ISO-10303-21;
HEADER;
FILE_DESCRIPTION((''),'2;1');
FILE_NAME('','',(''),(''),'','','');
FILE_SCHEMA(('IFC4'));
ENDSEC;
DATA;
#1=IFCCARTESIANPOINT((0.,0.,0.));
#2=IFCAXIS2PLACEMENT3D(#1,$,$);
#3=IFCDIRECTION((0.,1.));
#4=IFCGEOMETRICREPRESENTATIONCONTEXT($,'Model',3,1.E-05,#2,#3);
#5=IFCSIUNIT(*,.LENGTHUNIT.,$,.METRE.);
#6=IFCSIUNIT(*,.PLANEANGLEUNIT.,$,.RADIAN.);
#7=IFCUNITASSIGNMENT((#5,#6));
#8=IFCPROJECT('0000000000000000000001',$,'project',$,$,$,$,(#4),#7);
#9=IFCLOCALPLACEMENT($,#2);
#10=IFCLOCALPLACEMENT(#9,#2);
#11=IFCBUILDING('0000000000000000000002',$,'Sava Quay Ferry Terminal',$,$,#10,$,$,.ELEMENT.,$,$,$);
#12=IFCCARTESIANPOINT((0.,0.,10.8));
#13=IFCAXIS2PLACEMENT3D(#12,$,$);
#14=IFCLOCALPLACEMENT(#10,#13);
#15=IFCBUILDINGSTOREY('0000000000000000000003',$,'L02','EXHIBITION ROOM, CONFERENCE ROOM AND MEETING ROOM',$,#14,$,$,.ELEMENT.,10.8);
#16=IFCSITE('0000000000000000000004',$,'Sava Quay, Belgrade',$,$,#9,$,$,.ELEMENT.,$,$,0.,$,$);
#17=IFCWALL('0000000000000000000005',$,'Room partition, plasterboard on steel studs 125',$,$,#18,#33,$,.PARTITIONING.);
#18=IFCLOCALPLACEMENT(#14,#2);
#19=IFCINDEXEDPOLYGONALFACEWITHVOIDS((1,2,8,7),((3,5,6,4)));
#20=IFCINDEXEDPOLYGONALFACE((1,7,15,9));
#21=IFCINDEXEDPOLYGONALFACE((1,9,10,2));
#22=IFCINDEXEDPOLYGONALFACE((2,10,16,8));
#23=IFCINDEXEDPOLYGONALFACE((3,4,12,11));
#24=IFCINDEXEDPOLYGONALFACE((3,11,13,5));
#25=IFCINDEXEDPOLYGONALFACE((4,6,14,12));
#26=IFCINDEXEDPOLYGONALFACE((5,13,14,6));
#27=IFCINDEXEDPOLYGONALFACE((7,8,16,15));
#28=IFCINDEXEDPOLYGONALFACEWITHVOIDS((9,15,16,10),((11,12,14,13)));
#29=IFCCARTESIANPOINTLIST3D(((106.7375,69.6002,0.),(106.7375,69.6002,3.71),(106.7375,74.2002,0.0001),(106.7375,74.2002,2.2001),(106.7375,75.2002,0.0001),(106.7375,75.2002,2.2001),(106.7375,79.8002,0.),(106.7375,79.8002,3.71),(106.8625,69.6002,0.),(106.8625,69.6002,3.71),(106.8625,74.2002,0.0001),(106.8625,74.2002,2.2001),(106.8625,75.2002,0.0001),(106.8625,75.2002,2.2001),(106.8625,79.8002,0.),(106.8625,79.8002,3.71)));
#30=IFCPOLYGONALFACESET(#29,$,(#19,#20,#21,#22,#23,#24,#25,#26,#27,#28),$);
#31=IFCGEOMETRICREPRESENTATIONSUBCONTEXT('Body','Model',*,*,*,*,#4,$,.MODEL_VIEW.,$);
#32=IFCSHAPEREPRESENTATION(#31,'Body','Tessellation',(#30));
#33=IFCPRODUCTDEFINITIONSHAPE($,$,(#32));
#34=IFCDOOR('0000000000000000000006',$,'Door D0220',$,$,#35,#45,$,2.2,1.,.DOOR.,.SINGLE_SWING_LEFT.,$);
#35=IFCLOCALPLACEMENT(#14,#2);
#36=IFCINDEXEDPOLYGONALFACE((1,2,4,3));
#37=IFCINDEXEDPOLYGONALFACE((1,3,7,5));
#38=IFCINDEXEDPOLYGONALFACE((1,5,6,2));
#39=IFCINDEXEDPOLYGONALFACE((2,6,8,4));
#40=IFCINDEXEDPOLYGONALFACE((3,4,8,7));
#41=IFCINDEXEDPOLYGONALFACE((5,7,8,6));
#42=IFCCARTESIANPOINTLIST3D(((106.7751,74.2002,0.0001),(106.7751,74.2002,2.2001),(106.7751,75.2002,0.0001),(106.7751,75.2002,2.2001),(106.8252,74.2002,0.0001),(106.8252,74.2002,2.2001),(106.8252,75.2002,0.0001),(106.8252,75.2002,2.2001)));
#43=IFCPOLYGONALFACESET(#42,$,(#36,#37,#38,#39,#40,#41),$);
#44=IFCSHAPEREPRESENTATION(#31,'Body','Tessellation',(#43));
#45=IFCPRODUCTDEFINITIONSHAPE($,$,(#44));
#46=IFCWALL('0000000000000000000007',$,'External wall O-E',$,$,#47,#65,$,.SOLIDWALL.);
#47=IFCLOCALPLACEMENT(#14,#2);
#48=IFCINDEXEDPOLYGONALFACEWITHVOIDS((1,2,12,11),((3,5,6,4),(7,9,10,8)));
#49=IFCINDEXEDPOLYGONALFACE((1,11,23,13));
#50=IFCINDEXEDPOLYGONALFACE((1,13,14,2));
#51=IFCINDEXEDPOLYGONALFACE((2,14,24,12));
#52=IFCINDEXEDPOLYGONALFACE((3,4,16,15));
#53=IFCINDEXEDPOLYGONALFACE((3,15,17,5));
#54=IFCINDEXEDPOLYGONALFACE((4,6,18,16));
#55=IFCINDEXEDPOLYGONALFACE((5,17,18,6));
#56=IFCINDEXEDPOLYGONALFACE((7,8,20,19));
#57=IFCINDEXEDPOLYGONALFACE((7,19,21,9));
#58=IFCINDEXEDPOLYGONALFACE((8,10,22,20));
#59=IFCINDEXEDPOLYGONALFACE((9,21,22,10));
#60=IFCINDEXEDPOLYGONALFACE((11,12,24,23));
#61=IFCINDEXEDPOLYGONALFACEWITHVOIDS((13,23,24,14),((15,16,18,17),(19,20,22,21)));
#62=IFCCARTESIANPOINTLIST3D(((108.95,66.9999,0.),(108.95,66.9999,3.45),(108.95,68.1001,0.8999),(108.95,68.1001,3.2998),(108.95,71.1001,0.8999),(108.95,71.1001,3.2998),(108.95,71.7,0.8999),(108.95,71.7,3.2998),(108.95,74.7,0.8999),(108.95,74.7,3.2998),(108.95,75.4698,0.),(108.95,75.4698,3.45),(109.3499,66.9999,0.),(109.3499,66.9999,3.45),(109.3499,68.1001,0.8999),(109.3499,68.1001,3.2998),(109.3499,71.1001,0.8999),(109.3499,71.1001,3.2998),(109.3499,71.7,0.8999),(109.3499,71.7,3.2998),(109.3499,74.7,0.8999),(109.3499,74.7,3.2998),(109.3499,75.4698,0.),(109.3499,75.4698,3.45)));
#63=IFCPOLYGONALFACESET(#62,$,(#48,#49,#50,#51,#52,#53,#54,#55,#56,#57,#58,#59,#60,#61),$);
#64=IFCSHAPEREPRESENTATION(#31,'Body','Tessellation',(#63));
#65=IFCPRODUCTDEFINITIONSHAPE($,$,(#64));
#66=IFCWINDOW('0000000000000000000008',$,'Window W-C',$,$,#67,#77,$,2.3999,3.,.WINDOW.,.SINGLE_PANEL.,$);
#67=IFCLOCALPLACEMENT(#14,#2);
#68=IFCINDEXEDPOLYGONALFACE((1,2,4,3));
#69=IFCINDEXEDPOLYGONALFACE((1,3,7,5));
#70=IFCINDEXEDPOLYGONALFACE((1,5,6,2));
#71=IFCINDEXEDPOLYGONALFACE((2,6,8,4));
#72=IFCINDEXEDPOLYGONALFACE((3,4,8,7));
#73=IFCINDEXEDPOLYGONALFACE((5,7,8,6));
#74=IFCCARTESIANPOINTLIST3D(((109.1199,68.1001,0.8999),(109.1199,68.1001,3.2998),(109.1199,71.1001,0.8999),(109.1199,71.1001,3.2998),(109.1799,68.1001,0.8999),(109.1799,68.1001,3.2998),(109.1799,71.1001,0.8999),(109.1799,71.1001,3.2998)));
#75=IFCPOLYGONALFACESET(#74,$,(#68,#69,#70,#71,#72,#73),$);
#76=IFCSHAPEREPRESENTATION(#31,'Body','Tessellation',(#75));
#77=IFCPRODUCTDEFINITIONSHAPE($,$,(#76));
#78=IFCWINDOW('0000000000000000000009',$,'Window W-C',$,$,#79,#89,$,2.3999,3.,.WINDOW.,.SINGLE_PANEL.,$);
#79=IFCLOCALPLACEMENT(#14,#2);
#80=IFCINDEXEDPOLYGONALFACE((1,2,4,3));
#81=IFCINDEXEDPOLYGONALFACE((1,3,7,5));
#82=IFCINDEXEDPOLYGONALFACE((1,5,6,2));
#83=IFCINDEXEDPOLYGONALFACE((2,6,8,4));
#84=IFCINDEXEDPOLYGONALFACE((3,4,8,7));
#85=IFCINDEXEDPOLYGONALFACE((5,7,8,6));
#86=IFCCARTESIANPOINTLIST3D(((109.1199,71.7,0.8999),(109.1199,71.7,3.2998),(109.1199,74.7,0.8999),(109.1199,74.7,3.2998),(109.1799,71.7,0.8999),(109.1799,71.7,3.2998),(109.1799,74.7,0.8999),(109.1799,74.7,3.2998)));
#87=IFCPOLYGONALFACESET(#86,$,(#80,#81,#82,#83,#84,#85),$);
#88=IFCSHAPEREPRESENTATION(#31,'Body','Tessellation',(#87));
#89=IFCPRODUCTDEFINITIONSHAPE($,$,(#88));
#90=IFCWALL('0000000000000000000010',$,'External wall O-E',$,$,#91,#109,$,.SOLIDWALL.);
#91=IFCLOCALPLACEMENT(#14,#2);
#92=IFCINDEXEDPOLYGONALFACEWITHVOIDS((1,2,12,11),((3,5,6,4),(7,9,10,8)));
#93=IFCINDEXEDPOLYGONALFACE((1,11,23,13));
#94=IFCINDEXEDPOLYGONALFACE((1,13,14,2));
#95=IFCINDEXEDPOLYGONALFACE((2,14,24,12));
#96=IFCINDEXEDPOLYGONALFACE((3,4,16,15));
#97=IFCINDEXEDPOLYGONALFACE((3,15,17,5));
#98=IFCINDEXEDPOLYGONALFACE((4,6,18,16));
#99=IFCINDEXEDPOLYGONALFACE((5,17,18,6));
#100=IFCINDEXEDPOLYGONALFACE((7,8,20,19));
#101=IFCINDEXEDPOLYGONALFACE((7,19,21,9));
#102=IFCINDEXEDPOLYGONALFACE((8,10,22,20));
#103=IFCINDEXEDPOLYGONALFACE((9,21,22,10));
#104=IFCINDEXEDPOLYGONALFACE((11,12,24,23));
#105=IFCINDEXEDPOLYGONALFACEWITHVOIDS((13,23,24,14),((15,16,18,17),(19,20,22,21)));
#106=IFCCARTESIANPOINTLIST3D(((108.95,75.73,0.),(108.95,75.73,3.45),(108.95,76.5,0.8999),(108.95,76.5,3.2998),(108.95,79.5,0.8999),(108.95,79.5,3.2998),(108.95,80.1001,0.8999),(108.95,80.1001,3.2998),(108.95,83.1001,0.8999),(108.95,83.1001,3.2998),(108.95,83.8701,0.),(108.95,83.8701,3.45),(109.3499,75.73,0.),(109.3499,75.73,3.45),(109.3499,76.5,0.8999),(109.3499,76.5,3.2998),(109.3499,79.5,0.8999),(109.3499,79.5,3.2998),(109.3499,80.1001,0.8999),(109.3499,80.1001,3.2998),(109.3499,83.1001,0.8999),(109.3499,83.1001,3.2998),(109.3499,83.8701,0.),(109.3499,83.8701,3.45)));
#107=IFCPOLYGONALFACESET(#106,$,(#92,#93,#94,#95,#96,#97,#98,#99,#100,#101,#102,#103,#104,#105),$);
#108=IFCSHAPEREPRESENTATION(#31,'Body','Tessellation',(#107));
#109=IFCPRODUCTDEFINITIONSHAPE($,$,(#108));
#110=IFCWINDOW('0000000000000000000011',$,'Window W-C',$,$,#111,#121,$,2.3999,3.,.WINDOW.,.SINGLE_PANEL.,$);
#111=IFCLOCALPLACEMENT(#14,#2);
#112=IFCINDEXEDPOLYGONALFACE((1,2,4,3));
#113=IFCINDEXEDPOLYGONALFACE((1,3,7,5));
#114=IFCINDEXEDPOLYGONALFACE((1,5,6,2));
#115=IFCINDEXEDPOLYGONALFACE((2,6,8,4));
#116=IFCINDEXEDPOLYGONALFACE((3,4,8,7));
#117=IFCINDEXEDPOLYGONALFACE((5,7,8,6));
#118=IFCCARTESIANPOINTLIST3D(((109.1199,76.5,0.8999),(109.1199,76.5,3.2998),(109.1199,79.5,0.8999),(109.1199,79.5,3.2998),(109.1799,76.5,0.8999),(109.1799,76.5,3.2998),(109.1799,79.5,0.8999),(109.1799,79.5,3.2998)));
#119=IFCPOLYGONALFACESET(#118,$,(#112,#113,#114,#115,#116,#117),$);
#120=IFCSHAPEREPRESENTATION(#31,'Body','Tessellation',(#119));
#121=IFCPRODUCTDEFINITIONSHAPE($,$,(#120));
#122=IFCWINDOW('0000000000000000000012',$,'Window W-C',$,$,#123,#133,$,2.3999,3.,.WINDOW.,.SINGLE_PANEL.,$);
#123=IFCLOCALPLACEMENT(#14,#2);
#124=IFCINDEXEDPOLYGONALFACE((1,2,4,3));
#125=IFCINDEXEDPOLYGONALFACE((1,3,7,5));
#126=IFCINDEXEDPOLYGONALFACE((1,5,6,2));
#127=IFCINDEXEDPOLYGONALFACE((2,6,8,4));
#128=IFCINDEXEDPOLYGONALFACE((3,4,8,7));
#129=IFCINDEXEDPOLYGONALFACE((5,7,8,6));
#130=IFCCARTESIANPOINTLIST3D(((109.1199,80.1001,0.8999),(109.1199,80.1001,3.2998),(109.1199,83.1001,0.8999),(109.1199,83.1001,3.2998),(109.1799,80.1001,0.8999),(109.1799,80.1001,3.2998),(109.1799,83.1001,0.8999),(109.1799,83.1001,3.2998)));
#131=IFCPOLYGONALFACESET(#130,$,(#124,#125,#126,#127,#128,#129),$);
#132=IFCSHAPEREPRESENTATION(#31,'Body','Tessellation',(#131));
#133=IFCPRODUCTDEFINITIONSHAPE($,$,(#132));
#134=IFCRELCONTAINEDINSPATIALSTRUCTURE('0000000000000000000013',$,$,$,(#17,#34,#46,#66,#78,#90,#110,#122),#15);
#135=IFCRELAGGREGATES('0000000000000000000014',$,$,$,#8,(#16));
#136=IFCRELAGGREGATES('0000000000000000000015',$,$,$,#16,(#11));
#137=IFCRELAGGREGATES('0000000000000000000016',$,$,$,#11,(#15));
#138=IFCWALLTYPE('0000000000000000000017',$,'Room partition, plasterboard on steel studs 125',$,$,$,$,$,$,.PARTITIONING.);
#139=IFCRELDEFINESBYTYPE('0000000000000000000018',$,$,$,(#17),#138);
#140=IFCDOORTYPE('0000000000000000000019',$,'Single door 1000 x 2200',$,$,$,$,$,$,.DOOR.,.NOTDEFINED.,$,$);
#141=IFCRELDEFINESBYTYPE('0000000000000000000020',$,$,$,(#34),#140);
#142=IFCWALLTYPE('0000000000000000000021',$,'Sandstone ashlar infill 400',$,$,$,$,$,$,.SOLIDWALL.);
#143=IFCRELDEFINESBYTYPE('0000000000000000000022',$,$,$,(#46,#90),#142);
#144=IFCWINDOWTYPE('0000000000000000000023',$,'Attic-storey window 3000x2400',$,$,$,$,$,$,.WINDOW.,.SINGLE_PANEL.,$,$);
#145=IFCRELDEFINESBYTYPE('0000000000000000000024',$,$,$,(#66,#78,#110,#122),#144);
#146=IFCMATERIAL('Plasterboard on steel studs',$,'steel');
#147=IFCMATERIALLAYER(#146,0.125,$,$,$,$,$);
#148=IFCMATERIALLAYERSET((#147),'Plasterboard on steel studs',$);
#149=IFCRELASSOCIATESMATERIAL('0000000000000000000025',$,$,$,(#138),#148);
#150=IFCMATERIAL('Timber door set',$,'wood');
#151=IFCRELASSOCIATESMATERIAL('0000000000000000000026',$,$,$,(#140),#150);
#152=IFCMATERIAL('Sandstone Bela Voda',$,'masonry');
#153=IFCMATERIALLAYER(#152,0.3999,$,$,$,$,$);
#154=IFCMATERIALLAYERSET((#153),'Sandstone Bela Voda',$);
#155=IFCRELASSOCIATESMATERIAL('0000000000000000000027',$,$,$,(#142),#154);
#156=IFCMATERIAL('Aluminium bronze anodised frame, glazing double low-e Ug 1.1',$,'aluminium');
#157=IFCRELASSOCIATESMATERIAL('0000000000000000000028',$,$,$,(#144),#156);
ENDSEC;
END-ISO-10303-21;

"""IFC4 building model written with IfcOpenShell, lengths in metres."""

from ifc_helpers import new_model, si_unit, direction, frame, frame_2d, origin, place, context, subcontext, project, spatial, rectangle, extrude, material, layer, layer_set, type_object, element, fill, save


model = new_model("IFC4")

# Units and contexts
model_context = context("Model", 3, precision=1e-05, world=origin(), true_north=direction((0.0, 1.0)))
body_context = subcontext(model_context, "Body", "Model", "MODEL_VIEW")
ifc_project = project(units=[si_unit("LENGTHUNIT", "METRE"), si_unit("PLANEANGLEUNIT", "RADIAN")], contexts=[model_context])

# Site, building, storey
site_placement = place(None, origin())
site = spatial("IfcSite", under=ifc_project, at=site_placement, Name="Sava Quay, Belgrade", CompositionType="ELEMENT", RefElevation=0.0)
building_placement = place(site_placement, origin())
building = spatial("IfcBuilding", under=site, at=building_placement, Name="Sava Quay Ferry Terminal", CompositionType="ELEMENT")
storey_placement = place(building_placement, frame((0.0, 0.0, 10.8)))
storey = spatial("IfcBuildingStorey", under=building, at=storey_placement, Name="L02", Description="EXHIBITION ROOM, CONFERENCE ROOM AND MEETING ROOM", CompositionType="ELEMENT", Elevation=10.8)

# Shared definitions
ifc_material_1 = material(Name="Plasterboard on steel studs", Category="steel")
ifc_layer_1 = layer(ifc_material_1, 0.125)
ifc_layer_set_1 = layer_set([ifc_layer_1], Name="Plasterboard on steel studs")
wall_type_1 = type_object("IfcWallType", Name="Room partition, plasterboard on steel studs 125", PredefinedType="PARTITIONING", material=ifc_layer_set_1)

# Wall, opening, door
wall_1_placement = place(storey_placement, frame((106.8, 69.6001, 0.0), z_axis=(0.0, 0.0, 1.0), x_axis=(0.0, 1.0, 0.0)))
wall_1 = element("IfcWall", 1, at=wall_1_placement, inside=storey, type_object=wall_type_1, Name="Room partition, plasterboard on steel studs 125", PredefinedType="PARTITIONING", context=body_context, shape_type="SweptSolid", body=[
    extrude(rectangle(XDim=10.2, YDim=0.125, at=frame_2d((5.1001, 0.0))), origin(), (0.0, 0.0, 1.0), 3.71),
])
opening_1_placement = place(wall_1_placement, frame((4.6001, 0.0, 0.0)))
opening_1 = element("IfcOpeningElement", 2, at=opening_1_placement, cuts=wall_1, PredefinedType="OPENING", context=body_context, shape_type="SweptSolid", body=[
    extrude(rectangle(XDim=1.0, YDim=2.2, at=frame_2d((0.5, 1.1001))), frame((0.0, 0.0625, 0.0), z_axis=(0.0, -1.0, 0.0), x_axis=(1.0, 0.0, 0.0)), (0.0, 0.0, 1.0), 0.125),
])
ifc_material_2 = material(Name="Timber door set", Category="wood")
door_type_1 = type_object("IfcDoorType", Name="Single door 1000 x 2200", OperationType="NOTDEFINED", PredefinedType="DOOR", material=ifc_material_2)
door_1_placement = place(opening_1_placement, origin())
door_1 = element("IfcDoor", 3, at=door_1_placement, inside=storey, type_object=door_type_1, Name="Door D0220", OperationType="SINGLE_SWING_LEFT", OverallHeight=2.2, OverallWidth=1.0, PredefinedType="DOOR", context=body_context, shape_type="SweptSolid", body=[
    extrude(rectangle(XDim=1.0, YDim=2.2, at=frame_2d((0.5, 1.1001))), frame((0.0, 0.0249, 0.0), z_axis=(0.0, -1.0, 0.0), x_axis=(1.0, 0.0, 0.0)), (0.0, 0.0, 1.0), 0.05),
])
fill(opening_1, door_1)

# Walls, openings, windows
ifc_material_3 = material(Name="Sandstone Bela Voda", Category="masonry")
ifc_layer_2 = layer(ifc_material_3, 0.3999)
ifc_layer_set_2 = layer_set([ifc_layer_2], Name="Sandstone Bela Voda")
wall_type_2 = type_object("IfcWallType", Name="Sandstone ashlar infill 400", PredefinedType="SOLIDWALL", material=ifc_layer_set_2)
wall_2_placement = place(storey_placement, frame((109.1499, 67.0, 0.0), z_axis=(0.0, 0.0, 1.0), x_axis=(0.0, 1.0, 0.0)))
wall_2 = element("IfcWall", 4, at=wall_2_placement, inside=storey, type_object=wall_type_2, Name="External wall O-E", PredefinedType="SOLIDWALL", context=body_context, shape_type="SweptSolid", body=[
    extrude(rectangle(XDim=8.47, YDim=0.3999, at=frame_2d((4.2349, 0.0))), origin(), (0.0, 0.0, 1.0), 3.45),
])
opening_2_placement = place(wall_2_placement, frame((1.1001, 0.0, 0.8999)))
opening_2 = element("IfcOpeningElement", 5, at=opening_2_placement, cuts=wall_2, PredefinedType="OPENING", context=body_context, shape_type="SweptSolid", body=[
    extrude(rectangle(XDim=3.0, YDim=2.3999, at=frame_2d((1.5, 1.2))), frame((0.0, 0.2, 0.0), z_axis=(0.0, -1.0, 0.0), x_axis=(1.0, 0.0, 0.0)), (0.0, 0.0, 1.0), 0.3999),
])
opening_3_placement = place(wall_2_placement, frame((4.7, 0.0, 0.8999)))
opening_3 = element("IfcOpeningElement", 6, at=opening_3_placement, cuts=wall_2, PredefinedType="OPENING", context=body_context, shape_type="SweptSolid", body=[
    extrude(rectangle(XDim=3.0, YDim=2.3999, at=frame_2d((1.5, 1.2))), frame((0.0, 0.2, 0.0), z_axis=(0.0, -1.0, 0.0), x_axis=(1.0, 0.0, 0.0)), (0.0, 0.0, 1.0), 0.3999),
])
ifc_material_4 = material(Name="Aluminium bronze anodised frame, glazing double low-e Ug 1.1", Category="aluminium")
window_type = type_object("IfcWindowType", Name="Attic-storey window 3000x2400", PartitioningType="SINGLE_PANEL", PredefinedType="WINDOW", material=ifc_material_4)
window_1_placement = place(opening_2_placement, origin())
window_1 = element("IfcWindow", 7, at=window_1_placement, inside=storey, type_object=window_type, Name="Window W-C", OverallHeight=2.3999, OverallWidth=3.0, PartitioningType="SINGLE_PANEL", PredefinedType="WINDOW", context=body_context, shape_type="SweptSolid", body=[
    extrude(rectangle(XDim=3.0, YDim=2.3999, at=frame_2d((1.5, 1.2))), frame((0.0, 0.03, 0.0), z_axis=(0.0, -1.0, 0.0), x_axis=(1.0, 0.0, 0.0)), (0.0, 0.0, 1.0), 0.0601),
])
fill(opening_2, window_1)
window_2_placement = place(opening_3_placement, origin())
window_2 = element("IfcWindow", 8, at=window_2_placement, inside=storey, type_object=window_type, Name="Window W-C", OverallHeight=2.3999, OverallWidth=3.0, PartitioningType="SINGLE_PANEL", PredefinedType="WINDOW", context=body_context, shape_type="SweptSolid", body=[
    extrude(rectangle(XDim=3.0, YDim=2.3999, at=frame_2d((1.5, 1.2))), frame((0.0, 0.03, 0.0), z_axis=(0.0, -1.0, 0.0), x_axis=(1.0, 0.0, 0.0)), (0.0, 0.0, 1.0), 0.0601),
])
fill(opening_3, window_2)
wall_3_placement = place(storey_placement, frame((109.1499, 75.73, 0.0), z_axis=(0.0, 0.0, 1.0), x_axis=(0.0, 1.0, 0.0)))
wall_3 = element("IfcWall", 9, at=wall_3_placement, inside=storey, type_object=wall_type_2, Name="External wall O-E", PredefinedType="SOLIDWALL", context=body_context, shape_type="SweptSolid", body=[
    extrude(rectangle(XDim=8.1401, YDim=0.3999, at=frame_2d((4.0701, 0.0))), origin(), (0.0, 0.0, 1.0), 3.45),
])
opening_4_placement = place(wall_3_placement, frame((0.77, 0.0, 0.8999)))
opening_4 = element("IfcOpeningElement", 10, at=opening_4_placement, cuts=wall_3, PredefinedType="OPENING", context=body_context, shape_type="SweptSolid", body=[
    extrude(rectangle(XDim=3.0, YDim=2.3999, at=frame_2d((1.5, 1.2))), frame((0.0, 0.2, 0.0), z_axis=(0.0, -1.0, 0.0), x_axis=(1.0, 0.0, 0.0)), (0.0, 0.0, 1.0), 0.3999),
])
opening_5_placement = place(wall_3_placement, frame((4.3701, 0.0, 0.8999)))
opening_5 = element("IfcOpeningElement", 11, at=opening_5_placement, cuts=wall_3, PredefinedType="OPENING", context=body_context, shape_type="SweptSolid", body=[
    extrude(rectangle(XDim=3.0, YDim=2.3999, at=frame_2d((1.5, 1.2))), frame((0.0, 0.2, 0.0), z_axis=(0.0, -1.0, 0.0), x_axis=(1.0, 0.0, 0.0)), (0.0, 0.0, 1.0), 0.3999),
])
window_3_placement = place(opening_4_placement, origin())
window_3 = element("IfcWindow", 12, at=window_3_placement, inside=storey, type_object=window_type, Name="Window W-C", OverallHeight=2.3999, OverallWidth=3.0, PartitioningType="SINGLE_PANEL", PredefinedType="WINDOW", context=body_context, shape_type="SweptSolid", body=[
    extrude(rectangle(XDim=3.0, YDim=2.3999, at=frame_2d((1.5, 1.2))), frame((0.0, 0.03, 0.0), z_axis=(0.0, -1.0, 0.0), x_axis=(1.0, 0.0, 0.0)), (0.0, 0.0, 1.0), 0.0601),
])
fill(opening_4, window_3)
window_4_placement = place(opening_5_placement, origin())
window_4 = element("IfcWindow", 13, at=window_4_placement, inside=storey, type_object=window_type, Name="Window W-C", OverallHeight=2.3999, OverallWidth=3.0, PartitioningType="SINGLE_PANEL", PredefinedType="WINDOW", context=body_context, shape_type="SweptSolid", body=[
    extrude(rectangle(XDim=3.0, YDim=2.3999, at=frame_2d((1.5, 1.2))), frame((0.0, 0.03, 0.0), z_axis=(0.0, -1.0, 0.0), x_axis=(1.0, 0.0, 0.0)), (0.0, 0.0, 1.0), 0.0601),
])
fill(opening_5, window_4)

save(model, "model.ifc")
